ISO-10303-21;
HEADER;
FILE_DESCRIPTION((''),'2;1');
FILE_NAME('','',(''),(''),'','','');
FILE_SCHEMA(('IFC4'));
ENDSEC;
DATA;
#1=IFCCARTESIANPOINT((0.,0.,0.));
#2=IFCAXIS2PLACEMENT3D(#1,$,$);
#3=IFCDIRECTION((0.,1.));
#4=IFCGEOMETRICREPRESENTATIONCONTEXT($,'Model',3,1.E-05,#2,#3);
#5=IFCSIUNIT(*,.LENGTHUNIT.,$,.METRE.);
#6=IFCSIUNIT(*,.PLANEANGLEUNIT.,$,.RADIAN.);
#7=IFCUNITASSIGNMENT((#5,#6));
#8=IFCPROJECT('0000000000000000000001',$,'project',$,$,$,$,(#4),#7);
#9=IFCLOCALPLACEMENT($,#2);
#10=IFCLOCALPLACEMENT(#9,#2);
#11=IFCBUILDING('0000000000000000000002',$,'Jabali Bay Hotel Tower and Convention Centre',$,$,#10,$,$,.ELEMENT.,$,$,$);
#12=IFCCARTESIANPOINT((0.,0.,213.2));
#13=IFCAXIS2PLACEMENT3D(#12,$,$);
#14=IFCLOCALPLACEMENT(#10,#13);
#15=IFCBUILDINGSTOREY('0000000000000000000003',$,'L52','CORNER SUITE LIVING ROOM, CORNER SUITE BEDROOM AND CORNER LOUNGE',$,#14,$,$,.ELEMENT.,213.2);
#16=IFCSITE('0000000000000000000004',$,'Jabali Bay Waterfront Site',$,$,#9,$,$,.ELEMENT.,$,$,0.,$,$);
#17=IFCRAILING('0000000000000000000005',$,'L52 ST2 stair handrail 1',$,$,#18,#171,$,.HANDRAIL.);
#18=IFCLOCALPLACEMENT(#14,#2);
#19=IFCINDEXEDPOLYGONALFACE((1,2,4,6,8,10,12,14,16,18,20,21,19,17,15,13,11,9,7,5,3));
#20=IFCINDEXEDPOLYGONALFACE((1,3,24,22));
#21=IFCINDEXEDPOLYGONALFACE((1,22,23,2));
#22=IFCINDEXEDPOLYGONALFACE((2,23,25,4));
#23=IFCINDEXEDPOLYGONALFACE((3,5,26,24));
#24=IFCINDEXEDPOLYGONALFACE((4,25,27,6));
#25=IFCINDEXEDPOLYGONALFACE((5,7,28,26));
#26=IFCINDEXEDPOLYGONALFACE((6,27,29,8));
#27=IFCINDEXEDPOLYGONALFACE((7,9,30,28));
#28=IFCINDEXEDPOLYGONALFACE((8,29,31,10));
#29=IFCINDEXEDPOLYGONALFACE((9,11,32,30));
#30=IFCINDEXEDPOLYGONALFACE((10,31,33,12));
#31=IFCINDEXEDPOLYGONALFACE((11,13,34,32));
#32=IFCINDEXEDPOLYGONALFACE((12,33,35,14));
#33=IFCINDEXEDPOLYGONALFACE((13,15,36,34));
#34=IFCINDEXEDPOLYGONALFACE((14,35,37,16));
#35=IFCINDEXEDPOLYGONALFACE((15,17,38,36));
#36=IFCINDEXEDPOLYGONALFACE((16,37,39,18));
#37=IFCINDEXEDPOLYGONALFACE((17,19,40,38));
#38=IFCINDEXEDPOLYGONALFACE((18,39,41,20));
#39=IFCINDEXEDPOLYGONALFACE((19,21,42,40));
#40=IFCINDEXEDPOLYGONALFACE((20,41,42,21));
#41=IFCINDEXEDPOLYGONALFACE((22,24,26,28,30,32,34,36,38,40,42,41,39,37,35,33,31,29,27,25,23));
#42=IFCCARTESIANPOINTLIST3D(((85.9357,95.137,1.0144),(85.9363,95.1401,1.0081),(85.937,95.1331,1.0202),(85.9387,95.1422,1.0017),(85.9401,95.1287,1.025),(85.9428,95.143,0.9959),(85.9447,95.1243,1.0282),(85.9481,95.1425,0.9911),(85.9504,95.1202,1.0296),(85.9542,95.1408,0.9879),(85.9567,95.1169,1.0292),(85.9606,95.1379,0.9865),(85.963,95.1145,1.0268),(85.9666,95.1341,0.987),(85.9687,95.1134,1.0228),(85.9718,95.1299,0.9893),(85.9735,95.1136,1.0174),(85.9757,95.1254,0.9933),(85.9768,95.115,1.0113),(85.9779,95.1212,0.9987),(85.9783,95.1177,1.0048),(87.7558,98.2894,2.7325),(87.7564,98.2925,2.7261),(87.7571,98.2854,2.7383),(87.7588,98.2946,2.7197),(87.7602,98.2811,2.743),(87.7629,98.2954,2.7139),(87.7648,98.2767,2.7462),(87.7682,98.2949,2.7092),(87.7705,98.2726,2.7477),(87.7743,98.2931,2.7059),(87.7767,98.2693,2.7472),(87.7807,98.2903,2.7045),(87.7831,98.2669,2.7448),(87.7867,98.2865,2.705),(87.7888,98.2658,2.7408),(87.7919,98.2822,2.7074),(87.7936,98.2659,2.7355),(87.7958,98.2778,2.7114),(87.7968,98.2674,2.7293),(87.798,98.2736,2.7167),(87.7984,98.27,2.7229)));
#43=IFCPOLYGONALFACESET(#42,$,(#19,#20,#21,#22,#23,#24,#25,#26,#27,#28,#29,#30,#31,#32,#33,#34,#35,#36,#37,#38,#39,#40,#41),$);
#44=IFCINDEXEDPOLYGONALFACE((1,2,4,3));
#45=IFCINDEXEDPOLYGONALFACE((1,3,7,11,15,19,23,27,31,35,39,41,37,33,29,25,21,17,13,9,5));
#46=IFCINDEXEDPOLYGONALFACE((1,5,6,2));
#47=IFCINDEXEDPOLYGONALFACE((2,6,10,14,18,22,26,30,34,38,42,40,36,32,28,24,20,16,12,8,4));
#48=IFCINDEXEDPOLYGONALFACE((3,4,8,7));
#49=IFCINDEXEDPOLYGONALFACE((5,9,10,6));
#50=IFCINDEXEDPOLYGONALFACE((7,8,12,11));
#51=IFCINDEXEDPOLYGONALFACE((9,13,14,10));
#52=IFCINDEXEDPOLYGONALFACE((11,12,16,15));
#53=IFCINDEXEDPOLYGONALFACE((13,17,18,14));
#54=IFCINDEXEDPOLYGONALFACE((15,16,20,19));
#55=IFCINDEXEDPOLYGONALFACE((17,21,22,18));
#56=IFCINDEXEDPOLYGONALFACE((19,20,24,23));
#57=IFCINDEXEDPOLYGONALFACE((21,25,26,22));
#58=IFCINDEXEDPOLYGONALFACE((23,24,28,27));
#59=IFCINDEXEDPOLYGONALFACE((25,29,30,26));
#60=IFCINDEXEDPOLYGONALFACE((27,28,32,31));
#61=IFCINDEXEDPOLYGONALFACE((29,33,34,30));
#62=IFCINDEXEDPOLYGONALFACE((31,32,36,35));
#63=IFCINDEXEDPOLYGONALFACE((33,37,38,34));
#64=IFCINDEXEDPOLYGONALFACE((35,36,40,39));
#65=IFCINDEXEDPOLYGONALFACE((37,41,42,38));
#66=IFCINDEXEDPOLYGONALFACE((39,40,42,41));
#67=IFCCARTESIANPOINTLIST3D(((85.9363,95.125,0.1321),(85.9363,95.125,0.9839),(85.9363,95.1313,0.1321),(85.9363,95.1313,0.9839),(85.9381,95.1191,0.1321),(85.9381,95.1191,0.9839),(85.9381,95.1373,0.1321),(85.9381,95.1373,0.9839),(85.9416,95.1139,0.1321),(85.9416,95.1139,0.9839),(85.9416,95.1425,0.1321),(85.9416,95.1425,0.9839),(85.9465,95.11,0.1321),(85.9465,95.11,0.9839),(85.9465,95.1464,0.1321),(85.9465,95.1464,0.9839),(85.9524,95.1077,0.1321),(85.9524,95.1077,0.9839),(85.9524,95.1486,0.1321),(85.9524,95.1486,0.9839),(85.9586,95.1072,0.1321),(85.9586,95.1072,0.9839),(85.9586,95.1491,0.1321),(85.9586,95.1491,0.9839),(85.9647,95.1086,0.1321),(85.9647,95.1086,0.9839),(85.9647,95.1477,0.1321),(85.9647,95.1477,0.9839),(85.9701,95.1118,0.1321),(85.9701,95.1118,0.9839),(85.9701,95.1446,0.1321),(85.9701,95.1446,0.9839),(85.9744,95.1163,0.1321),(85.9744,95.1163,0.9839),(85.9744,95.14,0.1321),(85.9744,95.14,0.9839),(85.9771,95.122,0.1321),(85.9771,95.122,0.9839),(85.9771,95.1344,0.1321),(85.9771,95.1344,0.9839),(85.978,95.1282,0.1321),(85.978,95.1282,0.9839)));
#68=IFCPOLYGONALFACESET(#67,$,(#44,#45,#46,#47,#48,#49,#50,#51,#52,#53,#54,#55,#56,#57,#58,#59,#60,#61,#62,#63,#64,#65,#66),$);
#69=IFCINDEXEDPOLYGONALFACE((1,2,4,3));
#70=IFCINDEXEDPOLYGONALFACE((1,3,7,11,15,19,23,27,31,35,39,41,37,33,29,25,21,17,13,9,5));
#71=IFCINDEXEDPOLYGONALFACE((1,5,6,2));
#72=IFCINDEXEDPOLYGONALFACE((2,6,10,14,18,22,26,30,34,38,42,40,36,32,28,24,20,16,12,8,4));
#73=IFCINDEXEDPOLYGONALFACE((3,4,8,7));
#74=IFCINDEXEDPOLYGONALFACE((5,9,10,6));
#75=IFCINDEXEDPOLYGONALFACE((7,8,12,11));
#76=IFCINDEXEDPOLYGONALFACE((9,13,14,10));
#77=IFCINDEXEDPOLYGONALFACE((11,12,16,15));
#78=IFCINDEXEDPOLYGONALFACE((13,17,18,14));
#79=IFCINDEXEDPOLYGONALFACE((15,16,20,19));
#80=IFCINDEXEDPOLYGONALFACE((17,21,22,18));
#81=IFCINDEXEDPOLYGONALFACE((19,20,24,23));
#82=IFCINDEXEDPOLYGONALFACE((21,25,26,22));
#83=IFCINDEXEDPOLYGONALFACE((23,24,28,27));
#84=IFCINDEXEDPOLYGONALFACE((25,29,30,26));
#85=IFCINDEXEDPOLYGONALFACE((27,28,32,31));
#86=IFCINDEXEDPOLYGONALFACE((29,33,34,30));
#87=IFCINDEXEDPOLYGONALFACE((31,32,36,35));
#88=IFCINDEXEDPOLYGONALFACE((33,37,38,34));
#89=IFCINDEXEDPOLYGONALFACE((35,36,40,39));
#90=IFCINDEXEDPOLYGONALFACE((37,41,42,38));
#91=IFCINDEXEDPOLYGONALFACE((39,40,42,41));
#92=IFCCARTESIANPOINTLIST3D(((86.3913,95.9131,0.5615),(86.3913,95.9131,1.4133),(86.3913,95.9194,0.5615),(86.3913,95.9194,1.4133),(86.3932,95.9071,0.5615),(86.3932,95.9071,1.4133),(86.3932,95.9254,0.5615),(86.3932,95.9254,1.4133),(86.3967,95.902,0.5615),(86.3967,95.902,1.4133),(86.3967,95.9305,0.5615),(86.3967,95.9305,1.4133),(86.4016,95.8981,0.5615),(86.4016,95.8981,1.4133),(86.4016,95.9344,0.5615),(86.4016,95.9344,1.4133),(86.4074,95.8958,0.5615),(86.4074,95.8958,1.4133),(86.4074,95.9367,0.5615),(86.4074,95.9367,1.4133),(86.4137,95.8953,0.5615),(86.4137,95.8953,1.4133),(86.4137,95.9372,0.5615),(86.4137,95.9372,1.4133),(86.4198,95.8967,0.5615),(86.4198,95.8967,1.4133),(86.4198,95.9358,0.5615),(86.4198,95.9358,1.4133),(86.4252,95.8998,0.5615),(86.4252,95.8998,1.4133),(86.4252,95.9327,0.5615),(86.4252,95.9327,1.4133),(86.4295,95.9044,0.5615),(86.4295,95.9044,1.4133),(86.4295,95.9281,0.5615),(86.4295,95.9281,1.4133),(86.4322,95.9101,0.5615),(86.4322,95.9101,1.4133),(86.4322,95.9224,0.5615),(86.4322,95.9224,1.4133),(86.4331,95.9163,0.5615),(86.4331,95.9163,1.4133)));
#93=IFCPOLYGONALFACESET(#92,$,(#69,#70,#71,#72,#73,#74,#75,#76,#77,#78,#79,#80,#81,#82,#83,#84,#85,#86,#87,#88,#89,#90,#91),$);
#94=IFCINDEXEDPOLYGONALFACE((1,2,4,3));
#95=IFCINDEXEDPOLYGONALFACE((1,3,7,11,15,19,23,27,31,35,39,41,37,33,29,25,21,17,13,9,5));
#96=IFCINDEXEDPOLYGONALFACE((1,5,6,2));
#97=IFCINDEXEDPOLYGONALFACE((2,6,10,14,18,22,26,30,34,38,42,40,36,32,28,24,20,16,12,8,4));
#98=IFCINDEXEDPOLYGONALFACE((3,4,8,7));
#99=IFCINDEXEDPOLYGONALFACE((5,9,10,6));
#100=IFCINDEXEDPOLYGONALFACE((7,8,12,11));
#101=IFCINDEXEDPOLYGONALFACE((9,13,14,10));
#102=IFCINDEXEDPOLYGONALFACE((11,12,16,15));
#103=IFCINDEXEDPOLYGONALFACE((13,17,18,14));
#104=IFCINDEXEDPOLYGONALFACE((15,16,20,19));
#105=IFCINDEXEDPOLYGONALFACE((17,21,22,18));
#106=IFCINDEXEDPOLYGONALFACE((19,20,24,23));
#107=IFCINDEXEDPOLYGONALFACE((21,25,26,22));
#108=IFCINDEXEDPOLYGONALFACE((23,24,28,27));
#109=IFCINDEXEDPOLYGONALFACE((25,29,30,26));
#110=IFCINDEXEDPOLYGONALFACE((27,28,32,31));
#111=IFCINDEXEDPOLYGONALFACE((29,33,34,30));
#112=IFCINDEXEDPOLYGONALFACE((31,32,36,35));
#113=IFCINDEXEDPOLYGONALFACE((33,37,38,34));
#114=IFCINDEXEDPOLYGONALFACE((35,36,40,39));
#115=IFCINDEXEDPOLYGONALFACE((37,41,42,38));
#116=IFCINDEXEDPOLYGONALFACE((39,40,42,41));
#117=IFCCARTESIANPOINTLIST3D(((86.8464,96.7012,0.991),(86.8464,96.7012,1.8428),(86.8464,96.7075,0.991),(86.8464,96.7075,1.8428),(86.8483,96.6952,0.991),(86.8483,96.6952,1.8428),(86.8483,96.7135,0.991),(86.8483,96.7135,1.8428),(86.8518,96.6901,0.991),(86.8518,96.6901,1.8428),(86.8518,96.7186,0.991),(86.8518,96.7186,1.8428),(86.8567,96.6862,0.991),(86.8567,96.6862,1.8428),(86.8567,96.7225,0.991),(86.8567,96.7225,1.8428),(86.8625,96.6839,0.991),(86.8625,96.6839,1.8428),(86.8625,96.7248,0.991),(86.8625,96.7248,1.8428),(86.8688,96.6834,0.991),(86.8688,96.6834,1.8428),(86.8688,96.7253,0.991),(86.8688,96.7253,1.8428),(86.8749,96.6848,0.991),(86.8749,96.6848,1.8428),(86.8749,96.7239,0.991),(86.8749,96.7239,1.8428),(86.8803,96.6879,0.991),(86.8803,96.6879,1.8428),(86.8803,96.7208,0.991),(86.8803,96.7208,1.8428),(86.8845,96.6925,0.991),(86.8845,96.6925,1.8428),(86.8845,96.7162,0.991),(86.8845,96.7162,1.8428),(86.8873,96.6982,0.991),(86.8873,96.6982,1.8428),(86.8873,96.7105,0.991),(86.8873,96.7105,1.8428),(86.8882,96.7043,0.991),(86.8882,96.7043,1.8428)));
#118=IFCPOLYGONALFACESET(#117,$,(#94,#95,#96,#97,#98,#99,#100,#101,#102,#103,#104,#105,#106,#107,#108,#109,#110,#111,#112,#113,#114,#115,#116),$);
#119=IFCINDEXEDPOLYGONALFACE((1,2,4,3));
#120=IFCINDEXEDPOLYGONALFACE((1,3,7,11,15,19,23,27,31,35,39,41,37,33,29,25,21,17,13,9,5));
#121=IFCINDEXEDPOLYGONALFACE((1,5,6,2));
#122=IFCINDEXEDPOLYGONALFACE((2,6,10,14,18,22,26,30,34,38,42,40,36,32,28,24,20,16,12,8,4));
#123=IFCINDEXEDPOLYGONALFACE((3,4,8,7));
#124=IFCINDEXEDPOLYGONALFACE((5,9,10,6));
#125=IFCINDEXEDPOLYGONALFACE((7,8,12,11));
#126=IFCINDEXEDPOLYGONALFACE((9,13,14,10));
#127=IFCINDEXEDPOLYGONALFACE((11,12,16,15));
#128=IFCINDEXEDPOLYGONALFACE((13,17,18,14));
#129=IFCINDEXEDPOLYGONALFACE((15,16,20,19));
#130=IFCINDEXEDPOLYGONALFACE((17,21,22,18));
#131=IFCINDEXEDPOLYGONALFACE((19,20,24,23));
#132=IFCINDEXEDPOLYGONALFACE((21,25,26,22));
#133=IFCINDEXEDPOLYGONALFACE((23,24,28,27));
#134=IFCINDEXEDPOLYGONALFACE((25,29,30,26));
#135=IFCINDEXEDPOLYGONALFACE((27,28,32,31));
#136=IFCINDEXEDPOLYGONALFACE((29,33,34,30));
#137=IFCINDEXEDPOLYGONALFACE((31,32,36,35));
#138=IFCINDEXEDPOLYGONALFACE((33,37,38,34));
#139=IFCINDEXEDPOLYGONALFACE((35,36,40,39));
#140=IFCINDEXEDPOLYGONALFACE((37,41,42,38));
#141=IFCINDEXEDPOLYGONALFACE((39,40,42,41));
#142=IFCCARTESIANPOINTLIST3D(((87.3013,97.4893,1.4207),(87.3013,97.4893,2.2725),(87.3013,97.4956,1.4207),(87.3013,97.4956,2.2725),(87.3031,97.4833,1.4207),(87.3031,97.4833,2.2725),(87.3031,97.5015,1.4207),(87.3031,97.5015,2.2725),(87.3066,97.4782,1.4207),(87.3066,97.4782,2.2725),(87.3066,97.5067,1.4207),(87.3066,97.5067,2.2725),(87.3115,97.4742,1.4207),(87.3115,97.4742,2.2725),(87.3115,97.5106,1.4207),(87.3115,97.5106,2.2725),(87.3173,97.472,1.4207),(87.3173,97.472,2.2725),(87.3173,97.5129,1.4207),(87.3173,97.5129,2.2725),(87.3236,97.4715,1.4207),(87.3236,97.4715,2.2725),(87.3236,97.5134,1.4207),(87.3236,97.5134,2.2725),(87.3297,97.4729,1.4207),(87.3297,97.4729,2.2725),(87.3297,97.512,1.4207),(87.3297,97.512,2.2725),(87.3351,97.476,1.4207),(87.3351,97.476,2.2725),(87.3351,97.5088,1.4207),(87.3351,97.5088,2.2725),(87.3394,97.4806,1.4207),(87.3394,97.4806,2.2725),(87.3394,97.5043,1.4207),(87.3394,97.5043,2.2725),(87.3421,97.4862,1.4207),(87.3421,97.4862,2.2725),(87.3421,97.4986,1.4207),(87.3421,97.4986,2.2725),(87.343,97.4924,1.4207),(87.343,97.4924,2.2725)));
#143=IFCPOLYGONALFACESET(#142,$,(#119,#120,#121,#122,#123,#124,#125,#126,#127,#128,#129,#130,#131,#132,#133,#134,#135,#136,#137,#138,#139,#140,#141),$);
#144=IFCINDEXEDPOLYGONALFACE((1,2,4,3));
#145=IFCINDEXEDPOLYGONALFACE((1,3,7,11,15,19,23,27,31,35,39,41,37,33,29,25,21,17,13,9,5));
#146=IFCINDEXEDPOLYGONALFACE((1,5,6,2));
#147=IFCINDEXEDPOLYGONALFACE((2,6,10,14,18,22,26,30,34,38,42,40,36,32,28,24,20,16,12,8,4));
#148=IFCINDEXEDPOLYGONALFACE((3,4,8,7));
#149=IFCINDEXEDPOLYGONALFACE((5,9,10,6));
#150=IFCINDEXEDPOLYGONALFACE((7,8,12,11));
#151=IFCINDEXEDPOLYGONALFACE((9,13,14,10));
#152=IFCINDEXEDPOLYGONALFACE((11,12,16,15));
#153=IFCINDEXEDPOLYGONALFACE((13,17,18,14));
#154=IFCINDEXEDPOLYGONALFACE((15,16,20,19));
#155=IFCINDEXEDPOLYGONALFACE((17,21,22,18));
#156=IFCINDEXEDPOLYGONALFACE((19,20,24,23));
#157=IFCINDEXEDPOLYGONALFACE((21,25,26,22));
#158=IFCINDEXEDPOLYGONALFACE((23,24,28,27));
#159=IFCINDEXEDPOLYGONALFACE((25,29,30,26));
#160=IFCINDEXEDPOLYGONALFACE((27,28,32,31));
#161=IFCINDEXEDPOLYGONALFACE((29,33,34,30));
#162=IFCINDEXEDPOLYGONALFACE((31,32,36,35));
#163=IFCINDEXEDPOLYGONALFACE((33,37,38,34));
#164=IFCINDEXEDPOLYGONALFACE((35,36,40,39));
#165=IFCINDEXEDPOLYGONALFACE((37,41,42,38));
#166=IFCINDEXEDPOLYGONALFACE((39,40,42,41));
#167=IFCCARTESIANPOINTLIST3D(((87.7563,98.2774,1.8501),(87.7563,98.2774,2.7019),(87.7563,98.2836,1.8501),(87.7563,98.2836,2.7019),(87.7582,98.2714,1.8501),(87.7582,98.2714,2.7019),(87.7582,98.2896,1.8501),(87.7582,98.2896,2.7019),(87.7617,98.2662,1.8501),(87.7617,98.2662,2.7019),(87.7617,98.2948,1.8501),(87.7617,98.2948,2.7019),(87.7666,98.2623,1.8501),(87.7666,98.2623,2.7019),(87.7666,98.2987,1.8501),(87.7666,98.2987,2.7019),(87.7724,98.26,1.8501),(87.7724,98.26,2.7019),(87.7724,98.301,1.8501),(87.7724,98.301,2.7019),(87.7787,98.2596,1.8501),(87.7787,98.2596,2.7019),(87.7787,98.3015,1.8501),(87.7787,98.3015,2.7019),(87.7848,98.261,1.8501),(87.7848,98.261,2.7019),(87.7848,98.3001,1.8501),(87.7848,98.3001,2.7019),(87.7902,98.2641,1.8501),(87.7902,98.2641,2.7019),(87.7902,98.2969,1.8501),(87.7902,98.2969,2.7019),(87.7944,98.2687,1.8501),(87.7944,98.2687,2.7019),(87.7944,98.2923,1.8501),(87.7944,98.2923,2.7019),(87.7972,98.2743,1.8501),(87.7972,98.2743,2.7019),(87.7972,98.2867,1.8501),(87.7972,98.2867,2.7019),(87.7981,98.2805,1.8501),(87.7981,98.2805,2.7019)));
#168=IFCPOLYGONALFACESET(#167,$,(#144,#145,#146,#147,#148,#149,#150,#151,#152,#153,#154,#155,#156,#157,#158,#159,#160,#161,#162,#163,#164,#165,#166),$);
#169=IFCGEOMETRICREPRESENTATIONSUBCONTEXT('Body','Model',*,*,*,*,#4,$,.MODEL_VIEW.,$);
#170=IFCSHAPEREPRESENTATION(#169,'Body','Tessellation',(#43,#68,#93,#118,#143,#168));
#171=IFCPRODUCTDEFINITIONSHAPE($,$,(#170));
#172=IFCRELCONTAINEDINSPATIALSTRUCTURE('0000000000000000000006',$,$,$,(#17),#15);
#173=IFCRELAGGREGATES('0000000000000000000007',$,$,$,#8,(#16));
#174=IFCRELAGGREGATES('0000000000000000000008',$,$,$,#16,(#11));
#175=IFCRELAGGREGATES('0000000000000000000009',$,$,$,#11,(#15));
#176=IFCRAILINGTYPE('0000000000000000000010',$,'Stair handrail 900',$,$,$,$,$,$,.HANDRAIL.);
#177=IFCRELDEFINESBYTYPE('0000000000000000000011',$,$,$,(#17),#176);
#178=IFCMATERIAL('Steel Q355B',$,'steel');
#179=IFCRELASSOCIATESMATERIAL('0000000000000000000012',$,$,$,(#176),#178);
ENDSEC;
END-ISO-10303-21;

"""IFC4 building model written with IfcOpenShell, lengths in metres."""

from ifc_helpers import new_model, si_unit, direction, frame, origin, origin_2d, place, context, subcontext, project, spatial, circle, extrude, material, type_object, element, save


model = new_model("IFC4")

# Units and contexts
model_context = context("Model", 3, precision=1e-05, world=origin(), true_north=direction((0.0, 1.0)))
body_context = subcontext(model_context, "Body", "Model", "MODEL_VIEW")
ifc_project = project(units=[si_unit("LENGTHUNIT", "METRE"), si_unit("PLANEANGLEUNIT", "RADIAN")], contexts=[model_context])

# Site, building, storey
site_placement = place(None, origin())
site = spatial("IfcSite", under=ifc_project, at=site_placement, Name="Jabali Bay Waterfront Site", CompositionType="ELEMENT", RefElevation=0.0)
building_placement = place(site_placement, origin())
building = spatial("IfcBuilding", under=site, at=building_placement, Name="Jabali Bay Hotel Tower and Convention Centre", CompositionType="ELEMENT")
storey_placement = place(building_placement, frame((0.0, 0.0, 213.2)))
storey = spatial("IfcBuildingStorey", under=building, at=storey_placement, Name="L52", Description="CORNER SUITE LIVING ROOM, CORNER SUITE BEDROOM AND CORNER LOUNGE", CompositionType="ELEMENT", Elevation=213.2)

# Railing
ifc_material_1 = material(Name="Steel Q355B", Category="steel")
railing_type_1 = type_object("IfcRailingType", Name="Stair handrail 900", PredefinedType="HANDRAIL", material=ifc_material_1)
railing_1_placement = place(storey_placement, frame((85.957, 95.1282, 0.1321)))
element("IfcRailing", 1, at=railing_1_placement, inside=storey, type_object=railing_type_1, Name="L52 ST2 stair handrail 1", PredefinedType="HANDRAIL", context=body_context, shape_type="SweptSolid", body=[
    extrude(circle(Radius=0.0239, at=origin_2d()), frame((0.0, 0.0, 0.876), z_axis=(0.452179, 0.78317, 0.426825), x_axis=(-0.866018, 0.500013, 0.0)), (0.0, 0.0, 1.0), 4.0251),
    extrude(circle(Radius=0.021, at=origin_2d()), origin(), (0.0, 0.0, 1.0), 0.8518),
    extrude(circle(Radius=0.021, at=origin_2d()), frame((0.4551, 0.7881, 0.4294)), (0.0, 0.0, 1.0), 0.8518),
    extrude(circle(Radius=0.021, at=origin_2d()), frame((0.9102, 1.5762, 0.8589)), (0.0, 0.0, 1.0), 0.8518),
    extrude(circle(Radius=0.021, at=origin_2d()), frame((1.365, 2.3643, 1.2886)), (0.0, 0.0, 1.0), 0.8518),
    extrude(circle(Radius=0.021, at=origin_2d()), frame((1.8201, 3.1523, 1.718)), (0.0, 0.0, 1.0), 0.8518),
])

save(model, "model.ifc")
